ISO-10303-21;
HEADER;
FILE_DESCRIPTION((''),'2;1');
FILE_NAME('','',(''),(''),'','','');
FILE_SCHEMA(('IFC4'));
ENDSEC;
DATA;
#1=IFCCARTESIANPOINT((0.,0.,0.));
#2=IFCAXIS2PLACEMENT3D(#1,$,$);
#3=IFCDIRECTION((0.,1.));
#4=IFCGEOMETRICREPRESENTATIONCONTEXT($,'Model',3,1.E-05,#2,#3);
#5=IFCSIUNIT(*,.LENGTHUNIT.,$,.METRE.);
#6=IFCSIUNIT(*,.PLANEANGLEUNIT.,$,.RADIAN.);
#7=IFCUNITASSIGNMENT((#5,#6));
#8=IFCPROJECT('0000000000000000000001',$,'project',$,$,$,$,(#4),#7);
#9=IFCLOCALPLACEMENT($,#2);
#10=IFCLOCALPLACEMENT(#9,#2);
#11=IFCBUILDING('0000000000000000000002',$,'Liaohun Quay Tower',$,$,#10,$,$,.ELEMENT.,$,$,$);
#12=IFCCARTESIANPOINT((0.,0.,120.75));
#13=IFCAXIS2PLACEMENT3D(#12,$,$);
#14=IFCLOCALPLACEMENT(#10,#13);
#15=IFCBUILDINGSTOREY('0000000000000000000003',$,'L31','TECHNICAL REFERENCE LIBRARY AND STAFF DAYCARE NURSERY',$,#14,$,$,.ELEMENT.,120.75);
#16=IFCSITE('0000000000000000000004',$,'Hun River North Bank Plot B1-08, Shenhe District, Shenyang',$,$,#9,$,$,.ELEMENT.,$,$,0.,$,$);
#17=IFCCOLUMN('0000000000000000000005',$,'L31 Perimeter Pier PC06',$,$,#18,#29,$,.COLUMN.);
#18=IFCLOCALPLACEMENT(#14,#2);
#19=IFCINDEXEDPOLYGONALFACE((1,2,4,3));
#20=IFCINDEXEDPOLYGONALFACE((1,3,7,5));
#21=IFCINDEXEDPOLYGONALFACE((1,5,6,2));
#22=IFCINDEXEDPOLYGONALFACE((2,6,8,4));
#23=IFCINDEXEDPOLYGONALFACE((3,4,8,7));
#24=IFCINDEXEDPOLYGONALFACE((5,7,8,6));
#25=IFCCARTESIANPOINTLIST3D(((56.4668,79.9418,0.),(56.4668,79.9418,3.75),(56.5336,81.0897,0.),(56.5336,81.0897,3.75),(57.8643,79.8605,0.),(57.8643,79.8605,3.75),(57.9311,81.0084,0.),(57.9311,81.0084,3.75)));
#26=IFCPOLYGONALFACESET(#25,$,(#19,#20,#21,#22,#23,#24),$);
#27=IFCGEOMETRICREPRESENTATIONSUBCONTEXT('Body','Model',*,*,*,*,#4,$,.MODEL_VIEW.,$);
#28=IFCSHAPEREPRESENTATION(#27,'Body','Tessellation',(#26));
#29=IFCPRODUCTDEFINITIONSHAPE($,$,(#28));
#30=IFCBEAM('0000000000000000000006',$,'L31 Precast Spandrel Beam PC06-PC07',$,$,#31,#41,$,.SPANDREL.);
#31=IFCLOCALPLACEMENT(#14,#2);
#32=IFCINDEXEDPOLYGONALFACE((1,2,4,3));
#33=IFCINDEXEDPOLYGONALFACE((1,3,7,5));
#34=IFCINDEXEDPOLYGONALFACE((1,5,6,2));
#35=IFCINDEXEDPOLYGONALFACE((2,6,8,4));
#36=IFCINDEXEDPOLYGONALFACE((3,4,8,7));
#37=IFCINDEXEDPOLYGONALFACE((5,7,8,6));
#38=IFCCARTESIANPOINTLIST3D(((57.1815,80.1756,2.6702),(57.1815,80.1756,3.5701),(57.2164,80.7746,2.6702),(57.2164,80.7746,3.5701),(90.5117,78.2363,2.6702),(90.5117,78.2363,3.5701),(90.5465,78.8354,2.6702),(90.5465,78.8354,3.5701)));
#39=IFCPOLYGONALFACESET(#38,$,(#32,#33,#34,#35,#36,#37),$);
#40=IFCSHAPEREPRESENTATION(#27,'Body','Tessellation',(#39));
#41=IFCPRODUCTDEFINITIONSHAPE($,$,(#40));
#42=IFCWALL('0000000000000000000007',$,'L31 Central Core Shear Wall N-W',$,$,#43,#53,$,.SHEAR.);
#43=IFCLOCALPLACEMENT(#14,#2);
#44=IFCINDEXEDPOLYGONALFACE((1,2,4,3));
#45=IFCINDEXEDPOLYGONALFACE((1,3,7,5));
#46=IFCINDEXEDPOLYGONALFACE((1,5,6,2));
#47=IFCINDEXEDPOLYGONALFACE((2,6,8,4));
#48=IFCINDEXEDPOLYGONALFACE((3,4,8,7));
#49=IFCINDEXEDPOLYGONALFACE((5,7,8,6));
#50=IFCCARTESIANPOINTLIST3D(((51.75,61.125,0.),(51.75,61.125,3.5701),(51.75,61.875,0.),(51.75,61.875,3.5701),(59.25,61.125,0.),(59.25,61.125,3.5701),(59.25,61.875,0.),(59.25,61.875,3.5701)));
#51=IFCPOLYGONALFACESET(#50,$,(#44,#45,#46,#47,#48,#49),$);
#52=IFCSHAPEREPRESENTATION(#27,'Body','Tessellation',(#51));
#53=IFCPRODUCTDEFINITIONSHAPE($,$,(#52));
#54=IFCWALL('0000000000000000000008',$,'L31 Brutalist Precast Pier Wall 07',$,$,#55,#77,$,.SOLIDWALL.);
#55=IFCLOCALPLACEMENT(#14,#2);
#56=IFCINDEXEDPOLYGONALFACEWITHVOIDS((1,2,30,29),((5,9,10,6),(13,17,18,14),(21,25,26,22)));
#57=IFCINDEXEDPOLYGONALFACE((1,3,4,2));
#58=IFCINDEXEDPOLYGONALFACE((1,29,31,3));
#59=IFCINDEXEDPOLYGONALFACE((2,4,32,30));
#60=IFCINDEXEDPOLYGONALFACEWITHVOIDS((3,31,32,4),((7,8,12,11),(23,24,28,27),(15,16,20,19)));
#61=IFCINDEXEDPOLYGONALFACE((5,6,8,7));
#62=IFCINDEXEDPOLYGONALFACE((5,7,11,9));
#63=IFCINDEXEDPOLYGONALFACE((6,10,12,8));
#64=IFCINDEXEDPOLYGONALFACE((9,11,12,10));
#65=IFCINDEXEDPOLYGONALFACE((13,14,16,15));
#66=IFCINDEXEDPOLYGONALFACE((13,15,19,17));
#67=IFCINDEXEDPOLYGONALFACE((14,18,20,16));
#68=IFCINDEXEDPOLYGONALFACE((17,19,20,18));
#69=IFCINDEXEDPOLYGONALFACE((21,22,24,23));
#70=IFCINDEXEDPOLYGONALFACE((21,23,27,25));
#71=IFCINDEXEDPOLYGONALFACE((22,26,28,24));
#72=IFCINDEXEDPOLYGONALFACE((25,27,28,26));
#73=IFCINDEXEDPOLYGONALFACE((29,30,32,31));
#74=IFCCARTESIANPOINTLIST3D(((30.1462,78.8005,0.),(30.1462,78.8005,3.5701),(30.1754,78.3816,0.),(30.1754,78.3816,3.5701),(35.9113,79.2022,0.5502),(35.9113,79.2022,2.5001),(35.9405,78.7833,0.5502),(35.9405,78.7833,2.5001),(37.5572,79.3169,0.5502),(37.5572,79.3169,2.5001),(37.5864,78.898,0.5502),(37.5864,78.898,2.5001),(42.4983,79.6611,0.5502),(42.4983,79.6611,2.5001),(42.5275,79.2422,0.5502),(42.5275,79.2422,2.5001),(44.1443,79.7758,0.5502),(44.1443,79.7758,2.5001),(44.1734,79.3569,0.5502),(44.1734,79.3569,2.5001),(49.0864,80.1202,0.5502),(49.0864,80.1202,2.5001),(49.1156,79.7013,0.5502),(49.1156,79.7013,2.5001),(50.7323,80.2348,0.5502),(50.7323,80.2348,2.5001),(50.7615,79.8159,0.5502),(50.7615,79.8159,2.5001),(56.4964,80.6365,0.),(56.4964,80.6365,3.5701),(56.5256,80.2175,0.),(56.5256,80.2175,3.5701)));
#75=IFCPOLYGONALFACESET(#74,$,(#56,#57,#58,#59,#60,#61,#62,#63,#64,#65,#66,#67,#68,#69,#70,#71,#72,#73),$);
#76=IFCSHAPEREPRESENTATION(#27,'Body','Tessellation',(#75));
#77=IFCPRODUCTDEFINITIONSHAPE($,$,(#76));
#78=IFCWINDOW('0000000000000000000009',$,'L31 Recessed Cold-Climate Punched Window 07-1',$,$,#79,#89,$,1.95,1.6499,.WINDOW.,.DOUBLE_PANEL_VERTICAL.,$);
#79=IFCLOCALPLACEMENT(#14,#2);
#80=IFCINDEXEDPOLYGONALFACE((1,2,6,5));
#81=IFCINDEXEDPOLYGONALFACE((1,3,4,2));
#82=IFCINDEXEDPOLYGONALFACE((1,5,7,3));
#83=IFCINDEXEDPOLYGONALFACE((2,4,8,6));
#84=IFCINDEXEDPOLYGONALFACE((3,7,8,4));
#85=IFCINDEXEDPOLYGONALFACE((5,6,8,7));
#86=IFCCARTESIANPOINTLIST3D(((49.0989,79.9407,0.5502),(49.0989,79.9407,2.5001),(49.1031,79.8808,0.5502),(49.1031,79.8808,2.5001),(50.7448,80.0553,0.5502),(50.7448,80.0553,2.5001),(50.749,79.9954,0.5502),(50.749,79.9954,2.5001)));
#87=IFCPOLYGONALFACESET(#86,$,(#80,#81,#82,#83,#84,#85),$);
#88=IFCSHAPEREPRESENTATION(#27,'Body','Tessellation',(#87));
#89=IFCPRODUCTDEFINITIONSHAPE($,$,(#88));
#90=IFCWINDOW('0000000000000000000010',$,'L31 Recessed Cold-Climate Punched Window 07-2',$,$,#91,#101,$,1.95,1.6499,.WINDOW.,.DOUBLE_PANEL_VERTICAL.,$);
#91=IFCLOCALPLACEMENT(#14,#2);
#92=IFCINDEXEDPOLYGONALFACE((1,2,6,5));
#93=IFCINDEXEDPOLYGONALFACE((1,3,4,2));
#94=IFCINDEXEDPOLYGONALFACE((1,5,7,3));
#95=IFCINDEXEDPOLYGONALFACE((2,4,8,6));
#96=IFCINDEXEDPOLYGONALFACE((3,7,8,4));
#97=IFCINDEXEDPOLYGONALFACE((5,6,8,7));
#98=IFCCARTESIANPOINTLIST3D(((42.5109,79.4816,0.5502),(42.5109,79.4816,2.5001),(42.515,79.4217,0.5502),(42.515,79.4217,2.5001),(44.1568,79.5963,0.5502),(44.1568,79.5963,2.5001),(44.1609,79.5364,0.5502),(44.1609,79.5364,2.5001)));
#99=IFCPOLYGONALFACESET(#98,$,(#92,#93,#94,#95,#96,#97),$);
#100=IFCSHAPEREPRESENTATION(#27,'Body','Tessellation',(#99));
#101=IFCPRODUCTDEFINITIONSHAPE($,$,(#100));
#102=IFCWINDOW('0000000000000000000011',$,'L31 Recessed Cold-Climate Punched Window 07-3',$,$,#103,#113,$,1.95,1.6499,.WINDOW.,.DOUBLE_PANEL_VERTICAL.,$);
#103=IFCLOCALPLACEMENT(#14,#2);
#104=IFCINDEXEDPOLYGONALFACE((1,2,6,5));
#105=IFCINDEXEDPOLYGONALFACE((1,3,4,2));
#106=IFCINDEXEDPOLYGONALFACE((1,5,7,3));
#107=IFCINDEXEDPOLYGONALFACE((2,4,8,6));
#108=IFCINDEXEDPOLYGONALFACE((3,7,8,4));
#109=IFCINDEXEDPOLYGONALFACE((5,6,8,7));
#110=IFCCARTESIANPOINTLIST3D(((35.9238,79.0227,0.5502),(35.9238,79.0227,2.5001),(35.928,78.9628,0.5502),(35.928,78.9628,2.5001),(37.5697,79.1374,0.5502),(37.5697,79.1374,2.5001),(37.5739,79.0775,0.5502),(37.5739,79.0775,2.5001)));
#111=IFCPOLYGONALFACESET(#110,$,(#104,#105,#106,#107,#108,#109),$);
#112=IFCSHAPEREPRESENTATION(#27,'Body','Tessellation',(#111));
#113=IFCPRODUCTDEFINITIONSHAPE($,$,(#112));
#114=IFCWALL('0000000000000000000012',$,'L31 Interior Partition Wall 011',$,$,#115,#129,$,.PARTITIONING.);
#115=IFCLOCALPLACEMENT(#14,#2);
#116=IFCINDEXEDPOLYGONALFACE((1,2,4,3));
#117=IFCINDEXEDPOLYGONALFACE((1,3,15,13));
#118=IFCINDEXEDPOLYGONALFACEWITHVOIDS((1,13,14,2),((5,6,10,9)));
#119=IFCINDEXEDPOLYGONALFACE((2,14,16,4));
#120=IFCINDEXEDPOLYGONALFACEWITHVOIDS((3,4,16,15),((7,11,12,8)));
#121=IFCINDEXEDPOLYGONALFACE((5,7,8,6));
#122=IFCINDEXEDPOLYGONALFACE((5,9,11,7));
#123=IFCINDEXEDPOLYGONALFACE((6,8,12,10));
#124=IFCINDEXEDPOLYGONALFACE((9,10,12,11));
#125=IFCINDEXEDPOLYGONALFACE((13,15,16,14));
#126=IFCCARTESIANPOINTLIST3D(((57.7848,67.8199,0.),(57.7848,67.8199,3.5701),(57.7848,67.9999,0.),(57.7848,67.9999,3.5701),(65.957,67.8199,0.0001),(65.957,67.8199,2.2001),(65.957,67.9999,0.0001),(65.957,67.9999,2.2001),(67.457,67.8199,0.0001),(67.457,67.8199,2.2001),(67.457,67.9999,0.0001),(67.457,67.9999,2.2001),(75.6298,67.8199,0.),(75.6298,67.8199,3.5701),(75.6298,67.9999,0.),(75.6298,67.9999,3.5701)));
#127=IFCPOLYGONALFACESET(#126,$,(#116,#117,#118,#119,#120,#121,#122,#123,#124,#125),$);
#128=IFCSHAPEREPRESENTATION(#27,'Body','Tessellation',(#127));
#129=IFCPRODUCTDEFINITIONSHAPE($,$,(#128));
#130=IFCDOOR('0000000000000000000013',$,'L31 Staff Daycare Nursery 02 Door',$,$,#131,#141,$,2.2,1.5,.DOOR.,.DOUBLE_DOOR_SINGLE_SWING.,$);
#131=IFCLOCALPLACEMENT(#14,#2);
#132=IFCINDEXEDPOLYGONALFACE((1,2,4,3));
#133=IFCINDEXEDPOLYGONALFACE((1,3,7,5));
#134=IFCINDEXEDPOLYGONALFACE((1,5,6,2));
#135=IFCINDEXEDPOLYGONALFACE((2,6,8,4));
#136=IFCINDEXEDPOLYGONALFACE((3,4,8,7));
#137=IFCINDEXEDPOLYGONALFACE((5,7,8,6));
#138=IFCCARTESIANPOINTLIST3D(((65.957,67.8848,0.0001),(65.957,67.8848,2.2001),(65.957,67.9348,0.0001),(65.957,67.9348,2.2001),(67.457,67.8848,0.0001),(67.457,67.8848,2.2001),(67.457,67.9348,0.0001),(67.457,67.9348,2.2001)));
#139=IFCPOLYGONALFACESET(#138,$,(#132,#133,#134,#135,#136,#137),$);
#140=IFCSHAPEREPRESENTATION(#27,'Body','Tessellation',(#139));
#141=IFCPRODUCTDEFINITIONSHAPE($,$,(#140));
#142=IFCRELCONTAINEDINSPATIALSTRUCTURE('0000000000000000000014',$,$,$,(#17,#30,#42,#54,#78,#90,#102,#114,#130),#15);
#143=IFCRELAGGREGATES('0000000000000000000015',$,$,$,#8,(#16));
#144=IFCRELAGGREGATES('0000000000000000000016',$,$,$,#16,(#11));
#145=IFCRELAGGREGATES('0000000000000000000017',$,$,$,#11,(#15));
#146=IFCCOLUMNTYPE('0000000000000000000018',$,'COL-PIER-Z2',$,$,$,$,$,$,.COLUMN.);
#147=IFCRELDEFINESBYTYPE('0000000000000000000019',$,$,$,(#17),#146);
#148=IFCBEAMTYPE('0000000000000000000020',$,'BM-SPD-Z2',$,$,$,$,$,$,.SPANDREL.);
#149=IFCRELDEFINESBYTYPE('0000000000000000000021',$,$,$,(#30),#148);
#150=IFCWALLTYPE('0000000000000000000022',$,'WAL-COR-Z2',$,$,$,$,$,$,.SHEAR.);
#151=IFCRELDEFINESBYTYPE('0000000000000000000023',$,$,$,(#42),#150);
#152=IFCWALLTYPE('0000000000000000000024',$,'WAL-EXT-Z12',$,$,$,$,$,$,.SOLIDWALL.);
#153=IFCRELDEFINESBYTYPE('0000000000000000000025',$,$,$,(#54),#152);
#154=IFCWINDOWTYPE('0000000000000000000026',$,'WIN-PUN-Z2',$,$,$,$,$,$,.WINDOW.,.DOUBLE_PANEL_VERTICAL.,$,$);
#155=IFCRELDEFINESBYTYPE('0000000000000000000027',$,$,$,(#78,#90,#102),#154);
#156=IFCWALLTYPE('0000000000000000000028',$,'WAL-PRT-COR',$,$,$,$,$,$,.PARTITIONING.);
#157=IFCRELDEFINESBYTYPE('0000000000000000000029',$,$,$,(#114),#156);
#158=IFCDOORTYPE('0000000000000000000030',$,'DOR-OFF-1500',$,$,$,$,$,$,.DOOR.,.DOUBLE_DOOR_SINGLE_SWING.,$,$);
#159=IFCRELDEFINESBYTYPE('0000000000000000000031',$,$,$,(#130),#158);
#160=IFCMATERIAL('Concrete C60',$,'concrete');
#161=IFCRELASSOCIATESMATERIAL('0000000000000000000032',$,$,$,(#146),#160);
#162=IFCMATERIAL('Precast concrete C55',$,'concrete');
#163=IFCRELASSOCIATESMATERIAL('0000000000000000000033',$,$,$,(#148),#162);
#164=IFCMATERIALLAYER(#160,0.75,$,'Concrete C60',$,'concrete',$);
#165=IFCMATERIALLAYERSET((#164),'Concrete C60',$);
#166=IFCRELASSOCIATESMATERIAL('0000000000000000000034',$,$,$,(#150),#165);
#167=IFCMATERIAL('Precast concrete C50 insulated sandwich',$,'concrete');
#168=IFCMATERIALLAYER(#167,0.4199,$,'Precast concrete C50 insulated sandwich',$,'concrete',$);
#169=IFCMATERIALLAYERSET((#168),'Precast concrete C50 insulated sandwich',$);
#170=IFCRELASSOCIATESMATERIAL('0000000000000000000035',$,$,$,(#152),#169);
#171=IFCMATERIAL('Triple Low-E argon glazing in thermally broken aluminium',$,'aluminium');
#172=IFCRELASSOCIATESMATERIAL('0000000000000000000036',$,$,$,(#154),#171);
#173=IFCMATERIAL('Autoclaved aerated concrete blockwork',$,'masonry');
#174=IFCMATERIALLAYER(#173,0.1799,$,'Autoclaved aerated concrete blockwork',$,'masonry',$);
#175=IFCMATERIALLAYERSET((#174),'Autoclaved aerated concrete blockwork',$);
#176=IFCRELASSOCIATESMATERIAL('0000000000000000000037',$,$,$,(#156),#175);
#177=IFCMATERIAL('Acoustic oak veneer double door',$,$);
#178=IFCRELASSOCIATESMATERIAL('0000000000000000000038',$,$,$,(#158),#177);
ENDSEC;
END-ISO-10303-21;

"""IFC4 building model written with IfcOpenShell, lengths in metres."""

from ifc_helpers import new_model, si_unit, direction, frame, frame_2d, origin, origin_2d, place, context, subcontext, project, spatial, rectangle, extrude, source, transform, mapped, material, layer, layer_set, material_profile, profile_set, type_object, element, fill, save


model = new_model("IFC4")

# Units and contexts
model_context = context("Model", 3, precision=1e-05, world=origin(), true_north=direction((0.0, 1.0)))
body_context = subcontext(model_context, "Body", "Model", "MODEL_VIEW")
ifc_project = project(units=[si_unit("LENGTHUNIT", "METRE"), si_unit("PLANEANGLEUNIT", "RADIAN")], contexts=[model_context])

# Site, building, storey
site_placement = place(None, origin())
site = spatial("IfcSite", under=ifc_project, at=site_placement, Name="Hun River North Bank Plot B1-08, Shenhe District, Shenyang", CompositionType="ELEMENT", RefElevation=0.0)
building_placement = place(site_placement, origin())
building = spatial("IfcBuilding", under=site, at=building_placement, Name="Liaohun Quay Tower", CompositionType="ELEMENT")
storey_placement = place(building_placement, frame((0.0, 0.0, 120.75)))
storey = spatial("IfcBuildingStorey", under=building, at=storey_placement, Name="L31", Description="TECHNICAL REFERENCE LIBRARY AND STAFF DAYCARE NURSERY", CompositionType="ELEMENT", Elevation=120.75)

# Column
ifc_material_1 = material(Name="Concrete C60", Category="concrete")
ifc_material_profile_1 = material_profile(ifc_material_1, rectangle(XDim=1.3999, YDim=1.1499, at=origin_2d()), Name="RC1400x1150")
ifc_profile_set_1 = profile_set([ifc_material_profile_1], Name="Concrete C60")
column_type = type_object("IfcColumnType", Name="COL-PIER-Z2", PredefinedType="COLUMN", material=ifc_profile_set_1)
shared_shape_1 = source(origin(), body_context, "Body", "SweptSolid", [
    extrude(rectangle(XDim=1.3999, YDim=1.1499, at=origin_2d()), origin(), (0.0, 0.0, 1.0), 3.75),
])
column_placement = place(storey_placement, frame((57.199, 80.4751, 0.0), z_axis=(0.0, 0.0, 1.0), x_axis=(-0.998312, 0.058087, 0.0)))
element("IfcColumn", 1, at=column_placement, inside=storey, type_object=column_type, Name="L31 Perimeter Pier PC06", PredefinedType="COLUMN", context=body_context, shape_type="MappedRepresentation", body=[
    mapped(shared_shape_1, transform((0.0, 0.0, 0.0), x_axis=(1.0, 0.0, 0.0), y_axis=(0.0, 1.0, 0.0), z_axis=(0.0, 0.0, 1.0), scale=1.0)),
])

# Beam
ifc_material_2 = material(Name="Precast concrete C55", Category="concrete")
ifc_material_profile_2 = material_profile(ifc_material_2, rectangle(XDim=0.6001, YDim=0.8999, at=origin_2d()), Name="RC600x900")
ifc_profile_set_2 = profile_set([ifc_material_profile_2], Name="Precast concrete C55")
beam_type = type_object("IfcBeamType", Name="BM-SPD-Z2", PredefinedType="SPANDREL", material=ifc_profile_set_2)
shared_shape_2 = source(origin(), body_context, "Body", "SweptSolid", [
    extrude(rectangle(XDim=0.6001, YDim=0.8999, at=origin_2d()), origin(), (0.0, 0.0, 1.0), 33.3865),
])
beam_placement = place(storey_placement, frame((57.199, 80.4751, 3.1201), z_axis=(0.998312, -0.058084, 0.0), x_axis=(0.058084, 0.998312, 0.0)))
element("IfcBeam", 2, at=beam_placement, inside=storey, type_object=beam_type, Name="L31 Precast Spandrel Beam PC06-PC07", PredefinedType="SPANDREL", context=body_context, shape_type="MappedRepresentation", body=[
    mapped(shared_shape_2, transform((0.0, 0.0, 0.0), x_axis=(1.0, 0.0, 0.0), y_axis=(0.0, 1.0, 0.0), z_axis=(0.0, 0.0, 1.0), scale=1.0)),
])

# Wall
ifc_layer_1 = layer(ifc_material_1, 0.75, Name="Concrete C60", Category="concrete")
ifc_layer_set_1 = layer_set([ifc_layer_1], Name="Concrete C60")
wall_type_1 = type_object("IfcWallType", Name="WAL-COR-Z2", PredefinedType="SHEAR", material=ifc_layer_set_1)
wall_1_placement = place(storey_placement, frame((51.75, 61.5, 0.0), z_axis=(0.0, 0.0, 1.0), x_axis=(1.0, 0.0, 0.0)))
element("IfcWall", 3, at=wall_1_placement, inside=storey, type_object=wall_type_1, Name="L31 Central Core Shear Wall N-W", PredefinedType="SHEAR", context=body_context, shape_type="SweptSolid", body=[
    extrude(rectangle(XDim=7.5, YDim=0.75, at=frame_2d((3.75, 0.0))), origin(), (0.0, 0.0, 1.0), 3.5701),
])

# Wall, openings, windows
ifc_material_3 = material(Name="Precast concrete C50 insulated sandwich", Category="concrete")
ifc_layer_2 = layer(ifc_material_3, 0.4199, Name="Precast concrete C50 insulated sandwich", Category="concrete")
ifc_layer_set_2 = layer_set([ifc_layer_2], Name="Precast concrete C50 insulated sandwich")
wall_type_2 = type_object("IfcWallType", Name="WAL-EXT-Z12", PredefinedType="SOLIDWALL", material=ifc_layer_set_2)
wall_2_placement = place(storey_placement, frame((56.511, 80.427, 0.0), z_axis=(0.0, 0.0, 1.0), x_axis=(-0.997582, -0.069506, 0.0)))
wall_2 = element("IfcWall", 4, at=wall_2_placement, inside=storey, type_object=wall_type_2, Name="L31 Brutalist Precast Pier Wall 07", PredefinedType="SOLIDWALL", context=body_context, shape_type="SweptSolid", body=[
    extrude(rectangle(XDim=26.4141, YDim=0.4199, at=frame_2d((13.207, 0.0))), origin(), (0.0, 0.0, 1.0), 3.5701),
])
shared_shape_3 = source(origin(), body_context, "Body", "SweptSolid", [
    extrude(rectangle(XDim=1.6499, YDim=1.95, at=frame_2d((0.825, 0.9751))), frame((0.0, 0.22, 0.0), z_axis=(0.0, -1.0, 0.0), x_axis=(1.0, 0.0, 0.0)), (0.0, 0.0, 1.0), 0.4399),
])
opening_1_placement = place(wall_2_placement, frame((5.7781, 0.0, 0.55)))
opening_1 = element("IfcOpeningElement", 5, at=opening_1_placement, cuts=wall_2, PredefinedType="OPENING", context=body_context, shape_type="MappedRepresentation", body=[
    mapped(shared_shape_3, transform((0.0, 0.0, 0.0), x_axis=(1.0, 0.0, 0.0), y_axis=(0.0, 1.0, 0.0), z_axis=(0.0, 0.0, 1.0), scale=1.0)),
])
opening_2_placement = place(wall_2_placement, frame((12.3821, 0.0, 0.55)))
opening_2 = element("IfcOpeningElement", 6, at=opening_2_placement, cuts=wall_2, PredefinedType="OPENING", context=body_context, shape_type="MappedRepresentation", body=[
    mapped(shared_shape_3, transform((0.0, 0.0, 0.0), x_axis=(1.0, 0.0, 0.0), y_axis=(0.0, 1.0, 0.0), z_axis=(0.0, 0.0, 1.0), scale=1.0)),
])
opening_3_placement = place(wall_2_placement, frame((18.9851, 0.0, 0.55)))
opening_3 = element("IfcOpeningElement", 7, at=opening_3_placement, cuts=wall_2, PredefinedType="OPENING", context=body_context, shape_type="MappedRepresentation", body=[
    mapped(shared_shape_3, transform((0.0, 0.0, 0.0), x_axis=(1.0, 0.0, 0.0), y_axis=(0.0, 1.0, 0.0), z_axis=(0.0, 0.0, 1.0), scale=1.0)),
])
ifc_material_4 = material(Name="Triple Low-E argon glazing in thermally broken aluminium", Category="aluminium")
window_type = type_object("IfcWindowType", Name="WIN-PUN-Z2", PartitioningType="DOUBLE_PANEL_VERTICAL", PredefinedType="WINDOW", material=ifc_material_4)
shared_shape_4 = source(origin(), body_context, "Body", "SweptSolid", [
    extrude(rectangle(XDim=1.6499, YDim=1.95, at=frame_2d((0.825, 0.9751))), frame((0.0, 0.03, 0.0), z_axis=(0.0, -1.0, 0.0), x_axis=(1.0, 0.0, 0.0)), (0.0, 0.0, 1.0), 0.0601),
])
window_1_placement = place(opening_1_placement, origin())
window_1 = element("IfcWindow", 8, at=window_1_placement, inside=storey, type_object=window_type, Name="L31 Recessed Cold-Climate Punched Window 07-1", OverallHeight=1.95, OverallWidth=1.6499, PartitioningType="DOUBLE_PANEL_VERTICAL", PredefinedType="WINDOW", context=body_context, shape_type="MappedRepresentation", body=[
    mapped(shared_shape_4, transform((0.0, 0.0, 0.0), x_axis=(1.0, 0.0, 0.0), y_axis=(0.0, 1.0, 0.0), z_axis=(0.0, 0.0, 1.0), scale=1.0)),
])
fill(opening_1, window_1)
window_2_placement = place(opening_2_placement, origin())
window_2 = element("IfcWindow", 9, at=window_2_placement, inside=storey, type_object=window_type, Name="L31 Recessed Cold-Climate Punched Window 07-2", OverallHeight=1.95, OverallWidth=1.6499, PartitioningType="DOUBLE_PANEL_VERTICAL", PredefinedType="WINDOW", context=body_context, shape_type="MappedRepresentation", body=[
    mapped(shared_shape_4, transform((0.0, 0.0, 0.0), x_axis=(1.0, 0.0, 0.0), y_axis=(0.0, 1.0, 0.0), z_axis=(0.0, 0.0, 1.0), scale=1.0)),
])
fill(opening_2, window_2)
window_3_placement = place(opening_3_placement, origin())
window_3 = element("IfcWindow", 10, at=window_3_placement, inside=storey, type_object=window_type, Name="L31 Recessed Cold-Climate Punched Window 07-3", OverallHeight=1.95, OverallWidth=1.6499, PartitioningType="DOUBLE_PANEL_VERTICAL", PredefinedType="WINDOW", context=body_context, shape_type="MappedRepresentation", body=[
    mapped(shared_shape_4, transform((0.0, 0.0, 0.0), x_axis=(1.0, 0.0, 0.0), y_axis=(0.0, 1.0, 0.0), z_axis=(0.0, 0.0, 1.0), scale=1.0)),
])
fill(opening_3, window_3)

# Wall, opening, door
ifc_material_5 = material(Name="Autoclaved aerated concrete blockwork", Category="masonry")
ifc_layer_3 = layer(ifc_material_5, 0.1799, Name="Autoclaved aerated concrete blockwork", Category="masonry")
ifc_layer_set_3 = layer_set([ifc_layer_3], Name="Autoclaved aerated concrete blockwork")
wall_type_3 = type_object("IfcWallType", Name="WAL-PRT-COR", PredefinedType="PARTITIONING", material=ifc_layer_set_3)
wall_3_placement = place(storey_placement, frame((57.7849, 67.9099, 0.0), z_axis=(0.0, 0.0, 1.0), x_axis=(1.0, 0.0, 0.0)))
wall_3 = element("IfcWall", 11, at=wall_3_placement, inside=storey, type_object=wall_type_3, Name="L31 Interior Partition Wall 011", PredefinedType="PARTITIONING", context=body_context, shape_type="SweptSolid", body=[
    extrude(rectangle(XDim=17.845, YDim=0.1799, at=frame_2d((8.9224, 0.0))), origin(), (0.0, 0.0, 1.0), 3.5701),
])
shared_shape_5 = source(origin(), body_context, "Body", "SweptSolid", [
    extrude(rectangle(XDim=1.5, YDim=2.2, at=frame_2d((0.75, 1.1001))), frame((0.0, 0.0999, 0.0), z_axis=(0.0, -1.0, 0.0), x_axis=(1.0, 0.0, 0.0)), (0.0, 0.0, 1.0), 0.2),
])
opening_4_placement = place(wall_3_placement, frame((8.1721, 0.0, 0.0)))
opening_4 = element("IfcOpeningElement", 12, at=opening_4_placement, cuts=wall_3, PredefinedType="OPENING", context=body_context, shape_type="MappedRepresentation", body=[
    mapped(shared_shape_5, transform((0.0, 0.0, 0.0), x_axis=(1.0, 0.0, 0.0), y_axis=(0.0, 1.0, 0.0), z_axis=(0.0, 0.0, 1.0), scale=1.0)),
])
ifc_material_6 = material(Name="Acoustic oak veneer double door")
door_type_1 = type_object("IfcDoorType", Name="DOR-OFF-1500", OperationType="DOUBLE_DOOR_SINGLE_SWING", PredefinedType="DOOR", material=ifc_material_6)
shared_shape_6 = source(origin(), body_context, "Body", "SweptSolid", [
    extrude(rectangle(XDim=1.5, YDim=2.2, at=frame_2d((0.75, 1.1001))), frame((0.0, 0.0249, 0.0), z_axis=(0.0, -1.0, 0.0), x_axis=(1.0, 0.0, 0.0)), (0.0, 0.0, 1.0), 0.05),
])
door_1_placement = place(opening_4_placement, origin())
door_1 = element("IfcDoor", 13, at=door_1_placement, inside=storey, type_object=door_type_1, Name="L31 Staff Daycare Nursery 02 Door", OperationType="DOUBLE_DOOR_SINGLE_SWING", OverallHeight=2.2, OverallWidth=1.5, PredefinedType="DOOR", context=body_context, shape_type="MappedRepresentation", body=[
    mapped(shared_shape_6, transform((0.0, 0.0, 0.0), x_axis=(1.0, 0.0, 0.0), y_axis=(0.0, 1.0, 0.0), z_axis=(0.0, 0.0, 1.0), scale=1.0)),
])
fill(opening_4, door_1)

save(model, "model.ifc")
